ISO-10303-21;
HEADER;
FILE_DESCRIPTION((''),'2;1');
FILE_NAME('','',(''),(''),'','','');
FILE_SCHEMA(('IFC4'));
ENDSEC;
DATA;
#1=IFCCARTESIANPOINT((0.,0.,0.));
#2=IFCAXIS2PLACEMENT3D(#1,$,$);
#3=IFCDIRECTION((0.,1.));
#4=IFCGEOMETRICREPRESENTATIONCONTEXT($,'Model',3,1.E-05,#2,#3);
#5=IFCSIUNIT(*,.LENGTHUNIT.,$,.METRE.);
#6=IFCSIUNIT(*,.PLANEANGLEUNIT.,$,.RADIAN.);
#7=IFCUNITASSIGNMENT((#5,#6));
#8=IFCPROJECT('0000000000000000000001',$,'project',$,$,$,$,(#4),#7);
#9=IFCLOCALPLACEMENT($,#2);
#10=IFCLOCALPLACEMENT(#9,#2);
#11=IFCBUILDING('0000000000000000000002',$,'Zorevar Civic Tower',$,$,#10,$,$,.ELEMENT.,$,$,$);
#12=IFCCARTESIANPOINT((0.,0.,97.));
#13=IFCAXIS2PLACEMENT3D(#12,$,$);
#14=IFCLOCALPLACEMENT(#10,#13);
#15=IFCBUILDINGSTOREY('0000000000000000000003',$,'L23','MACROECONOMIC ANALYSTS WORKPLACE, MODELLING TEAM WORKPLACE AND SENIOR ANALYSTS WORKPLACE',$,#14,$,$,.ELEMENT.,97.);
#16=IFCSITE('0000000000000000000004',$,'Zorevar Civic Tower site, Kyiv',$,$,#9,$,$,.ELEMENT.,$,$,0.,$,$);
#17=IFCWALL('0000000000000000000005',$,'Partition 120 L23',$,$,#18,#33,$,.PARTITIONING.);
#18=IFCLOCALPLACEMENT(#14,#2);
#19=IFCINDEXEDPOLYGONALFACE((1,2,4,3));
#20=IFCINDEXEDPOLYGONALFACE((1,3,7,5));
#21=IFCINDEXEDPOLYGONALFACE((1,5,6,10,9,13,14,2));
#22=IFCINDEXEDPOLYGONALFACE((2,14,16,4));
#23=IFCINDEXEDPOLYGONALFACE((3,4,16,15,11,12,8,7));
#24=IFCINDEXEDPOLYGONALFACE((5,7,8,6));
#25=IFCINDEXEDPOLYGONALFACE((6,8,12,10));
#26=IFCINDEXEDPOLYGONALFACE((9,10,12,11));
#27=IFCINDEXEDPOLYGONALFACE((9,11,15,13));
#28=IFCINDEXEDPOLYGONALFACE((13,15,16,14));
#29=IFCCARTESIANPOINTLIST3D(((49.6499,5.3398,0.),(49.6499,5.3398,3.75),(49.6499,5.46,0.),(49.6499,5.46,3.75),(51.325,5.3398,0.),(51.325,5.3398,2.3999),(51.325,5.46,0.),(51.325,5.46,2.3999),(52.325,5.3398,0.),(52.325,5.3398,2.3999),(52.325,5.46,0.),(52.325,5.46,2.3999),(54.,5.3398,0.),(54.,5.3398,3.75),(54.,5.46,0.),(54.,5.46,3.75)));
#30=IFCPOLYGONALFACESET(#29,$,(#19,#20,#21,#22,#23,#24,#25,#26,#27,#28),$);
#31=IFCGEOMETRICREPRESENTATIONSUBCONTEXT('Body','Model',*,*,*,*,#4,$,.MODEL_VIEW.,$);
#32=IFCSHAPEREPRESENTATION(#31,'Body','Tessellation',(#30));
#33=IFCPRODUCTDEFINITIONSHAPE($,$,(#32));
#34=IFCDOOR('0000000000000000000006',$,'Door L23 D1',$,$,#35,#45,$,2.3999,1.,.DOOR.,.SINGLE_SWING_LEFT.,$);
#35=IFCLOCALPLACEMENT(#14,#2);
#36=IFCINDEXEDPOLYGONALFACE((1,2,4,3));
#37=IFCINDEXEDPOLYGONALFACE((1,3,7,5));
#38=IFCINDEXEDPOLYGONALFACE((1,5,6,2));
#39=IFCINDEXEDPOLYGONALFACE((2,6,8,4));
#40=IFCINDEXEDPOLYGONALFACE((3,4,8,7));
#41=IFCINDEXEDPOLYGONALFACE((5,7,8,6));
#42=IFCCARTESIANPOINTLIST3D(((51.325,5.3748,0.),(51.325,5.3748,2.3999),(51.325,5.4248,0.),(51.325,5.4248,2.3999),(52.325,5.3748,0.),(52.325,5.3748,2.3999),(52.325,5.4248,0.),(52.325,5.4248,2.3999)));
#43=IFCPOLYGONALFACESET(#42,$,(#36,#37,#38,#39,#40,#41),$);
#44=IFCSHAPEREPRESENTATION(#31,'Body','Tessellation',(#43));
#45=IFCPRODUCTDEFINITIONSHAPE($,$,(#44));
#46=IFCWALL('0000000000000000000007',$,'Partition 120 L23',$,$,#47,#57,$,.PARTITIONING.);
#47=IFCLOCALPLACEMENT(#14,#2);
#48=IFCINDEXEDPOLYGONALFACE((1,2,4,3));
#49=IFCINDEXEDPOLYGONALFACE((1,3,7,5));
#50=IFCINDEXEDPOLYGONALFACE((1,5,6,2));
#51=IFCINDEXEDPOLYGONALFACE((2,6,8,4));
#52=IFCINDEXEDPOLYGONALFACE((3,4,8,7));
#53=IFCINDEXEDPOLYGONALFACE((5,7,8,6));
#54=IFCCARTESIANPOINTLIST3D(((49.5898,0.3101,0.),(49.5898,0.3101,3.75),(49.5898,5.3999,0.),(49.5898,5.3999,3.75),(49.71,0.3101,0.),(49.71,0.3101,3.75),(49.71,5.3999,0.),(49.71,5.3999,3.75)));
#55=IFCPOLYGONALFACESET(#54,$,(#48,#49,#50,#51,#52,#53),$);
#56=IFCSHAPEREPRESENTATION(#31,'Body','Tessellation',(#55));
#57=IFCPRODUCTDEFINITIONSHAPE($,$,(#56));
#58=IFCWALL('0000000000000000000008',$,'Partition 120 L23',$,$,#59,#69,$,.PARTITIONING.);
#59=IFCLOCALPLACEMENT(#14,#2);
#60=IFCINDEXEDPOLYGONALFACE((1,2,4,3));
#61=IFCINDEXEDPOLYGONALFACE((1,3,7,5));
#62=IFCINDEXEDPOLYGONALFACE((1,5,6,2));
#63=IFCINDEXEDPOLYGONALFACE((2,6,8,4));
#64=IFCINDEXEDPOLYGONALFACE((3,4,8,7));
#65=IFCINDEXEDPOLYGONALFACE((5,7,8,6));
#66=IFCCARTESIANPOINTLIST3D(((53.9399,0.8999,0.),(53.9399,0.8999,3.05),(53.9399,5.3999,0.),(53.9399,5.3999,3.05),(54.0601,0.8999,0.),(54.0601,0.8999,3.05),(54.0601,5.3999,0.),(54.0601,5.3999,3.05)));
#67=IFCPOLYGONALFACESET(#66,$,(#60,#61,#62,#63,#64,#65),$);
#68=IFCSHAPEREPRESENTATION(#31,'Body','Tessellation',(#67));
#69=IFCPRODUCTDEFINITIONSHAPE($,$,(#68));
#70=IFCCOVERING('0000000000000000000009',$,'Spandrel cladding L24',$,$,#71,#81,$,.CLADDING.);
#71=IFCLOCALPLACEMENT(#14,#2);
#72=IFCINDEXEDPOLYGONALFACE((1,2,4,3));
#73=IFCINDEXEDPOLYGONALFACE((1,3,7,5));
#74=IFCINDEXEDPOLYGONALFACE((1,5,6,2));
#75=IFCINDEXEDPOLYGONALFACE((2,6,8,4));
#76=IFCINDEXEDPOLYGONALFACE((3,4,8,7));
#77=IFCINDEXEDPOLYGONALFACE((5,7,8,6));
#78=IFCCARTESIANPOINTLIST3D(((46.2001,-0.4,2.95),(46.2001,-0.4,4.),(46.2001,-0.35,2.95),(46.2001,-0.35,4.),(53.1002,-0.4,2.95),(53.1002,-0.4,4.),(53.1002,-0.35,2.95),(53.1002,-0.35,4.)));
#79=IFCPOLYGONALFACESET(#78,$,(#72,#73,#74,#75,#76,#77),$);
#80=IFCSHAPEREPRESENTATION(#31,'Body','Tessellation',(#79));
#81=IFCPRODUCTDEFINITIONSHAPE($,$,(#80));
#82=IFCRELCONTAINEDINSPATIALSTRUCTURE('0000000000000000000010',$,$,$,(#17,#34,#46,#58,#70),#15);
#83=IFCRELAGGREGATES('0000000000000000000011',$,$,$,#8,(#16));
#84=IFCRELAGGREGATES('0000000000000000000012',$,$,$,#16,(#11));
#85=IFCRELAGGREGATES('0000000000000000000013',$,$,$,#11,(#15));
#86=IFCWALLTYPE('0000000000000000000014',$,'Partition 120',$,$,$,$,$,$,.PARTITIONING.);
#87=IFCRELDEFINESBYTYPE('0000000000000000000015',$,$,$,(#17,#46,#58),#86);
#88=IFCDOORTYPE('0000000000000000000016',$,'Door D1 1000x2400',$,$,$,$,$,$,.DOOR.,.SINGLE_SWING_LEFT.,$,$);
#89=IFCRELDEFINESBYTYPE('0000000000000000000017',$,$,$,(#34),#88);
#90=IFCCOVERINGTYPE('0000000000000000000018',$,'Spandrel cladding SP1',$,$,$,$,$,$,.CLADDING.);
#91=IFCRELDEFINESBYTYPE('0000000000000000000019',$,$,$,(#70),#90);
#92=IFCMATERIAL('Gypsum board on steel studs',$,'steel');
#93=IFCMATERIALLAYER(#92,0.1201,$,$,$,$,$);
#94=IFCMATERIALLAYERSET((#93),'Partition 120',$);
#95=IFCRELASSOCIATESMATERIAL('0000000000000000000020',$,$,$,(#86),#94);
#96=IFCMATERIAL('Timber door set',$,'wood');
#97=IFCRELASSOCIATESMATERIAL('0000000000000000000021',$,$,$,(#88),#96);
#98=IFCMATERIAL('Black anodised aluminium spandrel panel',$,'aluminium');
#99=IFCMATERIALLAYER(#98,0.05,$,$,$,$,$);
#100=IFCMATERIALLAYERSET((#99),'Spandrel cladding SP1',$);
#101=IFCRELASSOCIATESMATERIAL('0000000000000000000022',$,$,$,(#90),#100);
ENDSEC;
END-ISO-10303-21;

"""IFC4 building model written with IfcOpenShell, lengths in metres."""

from ifc_helpers import new_model, si_unit, direction, frame, frame_2d, origin, place, context, subcontext, project, spatial, rectangle, extrude, material, layer, layer_set, type_object, element, fill, save


model = new_model("IFC4")

# Units and contexts
model_context = context("Model", 3, precision=1e-05, world=origin(), true_north=direction((0.0, 1.0)))
body_context = subcontext(model_context, "Body", "Model", "MODEL_VIEW")
ifc_project = project(units=[si_unit("LENGTHUNIT", "METRE"), si_unit("PLANEANGLEUNIT", "RADIAN")], contexts=[model_context])

# Site, building, storey
site_placement = place(None, origin())
site = spatial("IfcSite", under=ifc_project, at=site_placement, Name="Zorevar Civic Tower site, Kyiv", CompositionType="ELEMENT", RefElevation=0.0)
building_placement = place(site_placement, origin())
building = spatial("IfcBuilding", under=site, at=building_placement, Name="Zorevar Civic Tower", CompositionType="ELEMENT")
storey_placement = place(building_placement, frame((0.0, 0.0, 97.0)))
storey = spatial("IfcBuildingStorey", under=building, at=storey_placement, Name="L23", Description="MACROECONOMIC ANALYSTS WORKPLACE, MODELLING TEAM WORKPLACE AND SENIOR ANALYSTS WORKPLACE", CompositionType="ELEMENT", Elevation=97.0)

# Wall, opening, door
ifc_material_1 = material(Name="Gypsum board on steel studs", Category="steel")
ifc_layer_1 = layer(ifc_material_1, 0.1201)
ifc_layer_set_1 = layer_set([ifc_layer_1], Name="Partition 120")
wall_type = type_object("IfcWallType", Name="Partition 120", PredefinedType="PARTITIONING", material=ifc_layer_set_1)
wall_1_placement = place(storey_placement, frame((49.6499, 5.3999, 0.0), z_axis=(0.0, 0.0, 1.0), x_axis=(1.0, 0.0, 0.0)))
wall_1 = element("IfcWall", 1, at=wall_1_placement, inside=storey, type_object=wall_type, Name="Partition 120 L23", PredefinedType="PARTITIONING", context=body_context, shape_type="SweptSolid", body=[
    extrude(rectangle(XDim=4.3501, YDim=0.1201, at=frame_2d((2.175, 0.0))), origin(), (0.0, 0.0, 1.0), 3.75),
])
opening_placement = place(wall_1_placement, frame((1.675, 0.0, 0.0)))
opening = element("IfcOpeningElement", 2, at=opening_placement, cuts=wall_1, PredefinedType="OPENING", context=body_context, shape_type="SweptSolid", body=[
    extrude(rectangle(XDim=1.0, YDim=2.3999, at=frame_2d((0.5, 1.2))), frame((0.0, 0.0701, 0.0), z_axis=(0.0, -1.0, 0.0), x_axis=(1.0, 0.0, 0.0)), (0.0, 0.0, 1.0), 0.1401),
])
ifc_material_2 = material(Name="Timber door set", Category="wood")
door_type = type_object("IfcDoorType", Name="Door D1 1000x2400", OperationType="SINGLE_SWING_LEFT", PredefinedType="DOOR", material=ifc_material_2)
door_placement = place(opening_placement, origin())
door = element("IfcDoor", 3, at=door_placement, inside=storey, type_object=door_type, Name="Door L23 D1", OperationType="SINGLE_SWING_LEFT", OverallHeight=2.3999, OverallWidth=1.0, PredefinedType="DOOR", context=body_context, shape_type="SweptSolid", body=[
    extrude(rectangle(XDim=1.0, YDim=2.3999, at=frame_2d((0.5, 1.2))), frame((0.0, 0.0249, 0.0), z_axis=(0.0, -1.0, 0.0), x_axis=(1.0, 0.0, 0.0)), (0.0, 0.0, 1.0), 0.05),
])
fill(opening, door)

# Walls
wall_2_placement = place(storey_placement, frame((49.6499, 0.3101, 0.0), z_axis=(0.0, 0.0, 1.0), x_axis=(0.0, 1.0, 0.0)))
element("IfcWall", 4, at=wall_2_placement, inside=storey, type_object=wall_type, Name="Partition 120 L23", PredefinedType="PARTITIONING", context=body_context, shape_type="SweptSolid", body=[
    extrude(rectangle(XDim=5.0898, YDim=0.1201, at=frame_2d((2.5449, 0.0))), origin(), (0.0, 0.0, 1.0), 3.75),
])
wall_3_placement = place(storey_placement, frame((54.0, 0.8999, 0.0), z_axis=(0.0, 0.0, 1.0), x_axis=(0.0, 1.0, 0.0)))
element("IfcWall", 5, at=wall_3_placement, inside=storey, type_object=wall_type, Name="Partition 120 L23", PredefinedType="PARTITIONING", context=body_context, shape_type="SweptSolid", body=[
    extrude(rectangle(XDim=4.5, YDim=0.1201, at=frame_2d((2.25, 0.0))), origin(), (0.0, 0.0, 1.0), 3.05),
])

# Covering
ifc_material_3 = material(Name="Black anodised aluminium spandrel panel", Category="aluminium")
ifc_layer_2 = layer(ifc_material_3, 0.05)
ifc_layer_set_2 = layer_set([ifc_layer_2], Name="Spandrel cladding SP1")
covering_type = type_object("IfcCoveringType", Name="Spandrel cladding SP1", PredefinedType="CLADDING", material=ifc_layer_set_2)
covering_placement = place(storey_placement, frame((46.2, -0.375, 2.95), z_axis=(0.0, 0.0, 1.0), x_axis=(1.0, 0.0, 0.0)))
element("IfcCovering", 6, at=covering_placement, inside=storey, type_object=covering_type, Name="Spandrel cladding L24", PredefinedType="CLADDING", context=body_context, shape_type="SweptSolid", body=[
    extrude(rectangle(XDim=6.9001, YDim=0.05, at=frame_2d((3.4502, 0.0))), origin(), (0.0, 0.0, 1.0), 1.05),
])

save(model, "model.ifc")
